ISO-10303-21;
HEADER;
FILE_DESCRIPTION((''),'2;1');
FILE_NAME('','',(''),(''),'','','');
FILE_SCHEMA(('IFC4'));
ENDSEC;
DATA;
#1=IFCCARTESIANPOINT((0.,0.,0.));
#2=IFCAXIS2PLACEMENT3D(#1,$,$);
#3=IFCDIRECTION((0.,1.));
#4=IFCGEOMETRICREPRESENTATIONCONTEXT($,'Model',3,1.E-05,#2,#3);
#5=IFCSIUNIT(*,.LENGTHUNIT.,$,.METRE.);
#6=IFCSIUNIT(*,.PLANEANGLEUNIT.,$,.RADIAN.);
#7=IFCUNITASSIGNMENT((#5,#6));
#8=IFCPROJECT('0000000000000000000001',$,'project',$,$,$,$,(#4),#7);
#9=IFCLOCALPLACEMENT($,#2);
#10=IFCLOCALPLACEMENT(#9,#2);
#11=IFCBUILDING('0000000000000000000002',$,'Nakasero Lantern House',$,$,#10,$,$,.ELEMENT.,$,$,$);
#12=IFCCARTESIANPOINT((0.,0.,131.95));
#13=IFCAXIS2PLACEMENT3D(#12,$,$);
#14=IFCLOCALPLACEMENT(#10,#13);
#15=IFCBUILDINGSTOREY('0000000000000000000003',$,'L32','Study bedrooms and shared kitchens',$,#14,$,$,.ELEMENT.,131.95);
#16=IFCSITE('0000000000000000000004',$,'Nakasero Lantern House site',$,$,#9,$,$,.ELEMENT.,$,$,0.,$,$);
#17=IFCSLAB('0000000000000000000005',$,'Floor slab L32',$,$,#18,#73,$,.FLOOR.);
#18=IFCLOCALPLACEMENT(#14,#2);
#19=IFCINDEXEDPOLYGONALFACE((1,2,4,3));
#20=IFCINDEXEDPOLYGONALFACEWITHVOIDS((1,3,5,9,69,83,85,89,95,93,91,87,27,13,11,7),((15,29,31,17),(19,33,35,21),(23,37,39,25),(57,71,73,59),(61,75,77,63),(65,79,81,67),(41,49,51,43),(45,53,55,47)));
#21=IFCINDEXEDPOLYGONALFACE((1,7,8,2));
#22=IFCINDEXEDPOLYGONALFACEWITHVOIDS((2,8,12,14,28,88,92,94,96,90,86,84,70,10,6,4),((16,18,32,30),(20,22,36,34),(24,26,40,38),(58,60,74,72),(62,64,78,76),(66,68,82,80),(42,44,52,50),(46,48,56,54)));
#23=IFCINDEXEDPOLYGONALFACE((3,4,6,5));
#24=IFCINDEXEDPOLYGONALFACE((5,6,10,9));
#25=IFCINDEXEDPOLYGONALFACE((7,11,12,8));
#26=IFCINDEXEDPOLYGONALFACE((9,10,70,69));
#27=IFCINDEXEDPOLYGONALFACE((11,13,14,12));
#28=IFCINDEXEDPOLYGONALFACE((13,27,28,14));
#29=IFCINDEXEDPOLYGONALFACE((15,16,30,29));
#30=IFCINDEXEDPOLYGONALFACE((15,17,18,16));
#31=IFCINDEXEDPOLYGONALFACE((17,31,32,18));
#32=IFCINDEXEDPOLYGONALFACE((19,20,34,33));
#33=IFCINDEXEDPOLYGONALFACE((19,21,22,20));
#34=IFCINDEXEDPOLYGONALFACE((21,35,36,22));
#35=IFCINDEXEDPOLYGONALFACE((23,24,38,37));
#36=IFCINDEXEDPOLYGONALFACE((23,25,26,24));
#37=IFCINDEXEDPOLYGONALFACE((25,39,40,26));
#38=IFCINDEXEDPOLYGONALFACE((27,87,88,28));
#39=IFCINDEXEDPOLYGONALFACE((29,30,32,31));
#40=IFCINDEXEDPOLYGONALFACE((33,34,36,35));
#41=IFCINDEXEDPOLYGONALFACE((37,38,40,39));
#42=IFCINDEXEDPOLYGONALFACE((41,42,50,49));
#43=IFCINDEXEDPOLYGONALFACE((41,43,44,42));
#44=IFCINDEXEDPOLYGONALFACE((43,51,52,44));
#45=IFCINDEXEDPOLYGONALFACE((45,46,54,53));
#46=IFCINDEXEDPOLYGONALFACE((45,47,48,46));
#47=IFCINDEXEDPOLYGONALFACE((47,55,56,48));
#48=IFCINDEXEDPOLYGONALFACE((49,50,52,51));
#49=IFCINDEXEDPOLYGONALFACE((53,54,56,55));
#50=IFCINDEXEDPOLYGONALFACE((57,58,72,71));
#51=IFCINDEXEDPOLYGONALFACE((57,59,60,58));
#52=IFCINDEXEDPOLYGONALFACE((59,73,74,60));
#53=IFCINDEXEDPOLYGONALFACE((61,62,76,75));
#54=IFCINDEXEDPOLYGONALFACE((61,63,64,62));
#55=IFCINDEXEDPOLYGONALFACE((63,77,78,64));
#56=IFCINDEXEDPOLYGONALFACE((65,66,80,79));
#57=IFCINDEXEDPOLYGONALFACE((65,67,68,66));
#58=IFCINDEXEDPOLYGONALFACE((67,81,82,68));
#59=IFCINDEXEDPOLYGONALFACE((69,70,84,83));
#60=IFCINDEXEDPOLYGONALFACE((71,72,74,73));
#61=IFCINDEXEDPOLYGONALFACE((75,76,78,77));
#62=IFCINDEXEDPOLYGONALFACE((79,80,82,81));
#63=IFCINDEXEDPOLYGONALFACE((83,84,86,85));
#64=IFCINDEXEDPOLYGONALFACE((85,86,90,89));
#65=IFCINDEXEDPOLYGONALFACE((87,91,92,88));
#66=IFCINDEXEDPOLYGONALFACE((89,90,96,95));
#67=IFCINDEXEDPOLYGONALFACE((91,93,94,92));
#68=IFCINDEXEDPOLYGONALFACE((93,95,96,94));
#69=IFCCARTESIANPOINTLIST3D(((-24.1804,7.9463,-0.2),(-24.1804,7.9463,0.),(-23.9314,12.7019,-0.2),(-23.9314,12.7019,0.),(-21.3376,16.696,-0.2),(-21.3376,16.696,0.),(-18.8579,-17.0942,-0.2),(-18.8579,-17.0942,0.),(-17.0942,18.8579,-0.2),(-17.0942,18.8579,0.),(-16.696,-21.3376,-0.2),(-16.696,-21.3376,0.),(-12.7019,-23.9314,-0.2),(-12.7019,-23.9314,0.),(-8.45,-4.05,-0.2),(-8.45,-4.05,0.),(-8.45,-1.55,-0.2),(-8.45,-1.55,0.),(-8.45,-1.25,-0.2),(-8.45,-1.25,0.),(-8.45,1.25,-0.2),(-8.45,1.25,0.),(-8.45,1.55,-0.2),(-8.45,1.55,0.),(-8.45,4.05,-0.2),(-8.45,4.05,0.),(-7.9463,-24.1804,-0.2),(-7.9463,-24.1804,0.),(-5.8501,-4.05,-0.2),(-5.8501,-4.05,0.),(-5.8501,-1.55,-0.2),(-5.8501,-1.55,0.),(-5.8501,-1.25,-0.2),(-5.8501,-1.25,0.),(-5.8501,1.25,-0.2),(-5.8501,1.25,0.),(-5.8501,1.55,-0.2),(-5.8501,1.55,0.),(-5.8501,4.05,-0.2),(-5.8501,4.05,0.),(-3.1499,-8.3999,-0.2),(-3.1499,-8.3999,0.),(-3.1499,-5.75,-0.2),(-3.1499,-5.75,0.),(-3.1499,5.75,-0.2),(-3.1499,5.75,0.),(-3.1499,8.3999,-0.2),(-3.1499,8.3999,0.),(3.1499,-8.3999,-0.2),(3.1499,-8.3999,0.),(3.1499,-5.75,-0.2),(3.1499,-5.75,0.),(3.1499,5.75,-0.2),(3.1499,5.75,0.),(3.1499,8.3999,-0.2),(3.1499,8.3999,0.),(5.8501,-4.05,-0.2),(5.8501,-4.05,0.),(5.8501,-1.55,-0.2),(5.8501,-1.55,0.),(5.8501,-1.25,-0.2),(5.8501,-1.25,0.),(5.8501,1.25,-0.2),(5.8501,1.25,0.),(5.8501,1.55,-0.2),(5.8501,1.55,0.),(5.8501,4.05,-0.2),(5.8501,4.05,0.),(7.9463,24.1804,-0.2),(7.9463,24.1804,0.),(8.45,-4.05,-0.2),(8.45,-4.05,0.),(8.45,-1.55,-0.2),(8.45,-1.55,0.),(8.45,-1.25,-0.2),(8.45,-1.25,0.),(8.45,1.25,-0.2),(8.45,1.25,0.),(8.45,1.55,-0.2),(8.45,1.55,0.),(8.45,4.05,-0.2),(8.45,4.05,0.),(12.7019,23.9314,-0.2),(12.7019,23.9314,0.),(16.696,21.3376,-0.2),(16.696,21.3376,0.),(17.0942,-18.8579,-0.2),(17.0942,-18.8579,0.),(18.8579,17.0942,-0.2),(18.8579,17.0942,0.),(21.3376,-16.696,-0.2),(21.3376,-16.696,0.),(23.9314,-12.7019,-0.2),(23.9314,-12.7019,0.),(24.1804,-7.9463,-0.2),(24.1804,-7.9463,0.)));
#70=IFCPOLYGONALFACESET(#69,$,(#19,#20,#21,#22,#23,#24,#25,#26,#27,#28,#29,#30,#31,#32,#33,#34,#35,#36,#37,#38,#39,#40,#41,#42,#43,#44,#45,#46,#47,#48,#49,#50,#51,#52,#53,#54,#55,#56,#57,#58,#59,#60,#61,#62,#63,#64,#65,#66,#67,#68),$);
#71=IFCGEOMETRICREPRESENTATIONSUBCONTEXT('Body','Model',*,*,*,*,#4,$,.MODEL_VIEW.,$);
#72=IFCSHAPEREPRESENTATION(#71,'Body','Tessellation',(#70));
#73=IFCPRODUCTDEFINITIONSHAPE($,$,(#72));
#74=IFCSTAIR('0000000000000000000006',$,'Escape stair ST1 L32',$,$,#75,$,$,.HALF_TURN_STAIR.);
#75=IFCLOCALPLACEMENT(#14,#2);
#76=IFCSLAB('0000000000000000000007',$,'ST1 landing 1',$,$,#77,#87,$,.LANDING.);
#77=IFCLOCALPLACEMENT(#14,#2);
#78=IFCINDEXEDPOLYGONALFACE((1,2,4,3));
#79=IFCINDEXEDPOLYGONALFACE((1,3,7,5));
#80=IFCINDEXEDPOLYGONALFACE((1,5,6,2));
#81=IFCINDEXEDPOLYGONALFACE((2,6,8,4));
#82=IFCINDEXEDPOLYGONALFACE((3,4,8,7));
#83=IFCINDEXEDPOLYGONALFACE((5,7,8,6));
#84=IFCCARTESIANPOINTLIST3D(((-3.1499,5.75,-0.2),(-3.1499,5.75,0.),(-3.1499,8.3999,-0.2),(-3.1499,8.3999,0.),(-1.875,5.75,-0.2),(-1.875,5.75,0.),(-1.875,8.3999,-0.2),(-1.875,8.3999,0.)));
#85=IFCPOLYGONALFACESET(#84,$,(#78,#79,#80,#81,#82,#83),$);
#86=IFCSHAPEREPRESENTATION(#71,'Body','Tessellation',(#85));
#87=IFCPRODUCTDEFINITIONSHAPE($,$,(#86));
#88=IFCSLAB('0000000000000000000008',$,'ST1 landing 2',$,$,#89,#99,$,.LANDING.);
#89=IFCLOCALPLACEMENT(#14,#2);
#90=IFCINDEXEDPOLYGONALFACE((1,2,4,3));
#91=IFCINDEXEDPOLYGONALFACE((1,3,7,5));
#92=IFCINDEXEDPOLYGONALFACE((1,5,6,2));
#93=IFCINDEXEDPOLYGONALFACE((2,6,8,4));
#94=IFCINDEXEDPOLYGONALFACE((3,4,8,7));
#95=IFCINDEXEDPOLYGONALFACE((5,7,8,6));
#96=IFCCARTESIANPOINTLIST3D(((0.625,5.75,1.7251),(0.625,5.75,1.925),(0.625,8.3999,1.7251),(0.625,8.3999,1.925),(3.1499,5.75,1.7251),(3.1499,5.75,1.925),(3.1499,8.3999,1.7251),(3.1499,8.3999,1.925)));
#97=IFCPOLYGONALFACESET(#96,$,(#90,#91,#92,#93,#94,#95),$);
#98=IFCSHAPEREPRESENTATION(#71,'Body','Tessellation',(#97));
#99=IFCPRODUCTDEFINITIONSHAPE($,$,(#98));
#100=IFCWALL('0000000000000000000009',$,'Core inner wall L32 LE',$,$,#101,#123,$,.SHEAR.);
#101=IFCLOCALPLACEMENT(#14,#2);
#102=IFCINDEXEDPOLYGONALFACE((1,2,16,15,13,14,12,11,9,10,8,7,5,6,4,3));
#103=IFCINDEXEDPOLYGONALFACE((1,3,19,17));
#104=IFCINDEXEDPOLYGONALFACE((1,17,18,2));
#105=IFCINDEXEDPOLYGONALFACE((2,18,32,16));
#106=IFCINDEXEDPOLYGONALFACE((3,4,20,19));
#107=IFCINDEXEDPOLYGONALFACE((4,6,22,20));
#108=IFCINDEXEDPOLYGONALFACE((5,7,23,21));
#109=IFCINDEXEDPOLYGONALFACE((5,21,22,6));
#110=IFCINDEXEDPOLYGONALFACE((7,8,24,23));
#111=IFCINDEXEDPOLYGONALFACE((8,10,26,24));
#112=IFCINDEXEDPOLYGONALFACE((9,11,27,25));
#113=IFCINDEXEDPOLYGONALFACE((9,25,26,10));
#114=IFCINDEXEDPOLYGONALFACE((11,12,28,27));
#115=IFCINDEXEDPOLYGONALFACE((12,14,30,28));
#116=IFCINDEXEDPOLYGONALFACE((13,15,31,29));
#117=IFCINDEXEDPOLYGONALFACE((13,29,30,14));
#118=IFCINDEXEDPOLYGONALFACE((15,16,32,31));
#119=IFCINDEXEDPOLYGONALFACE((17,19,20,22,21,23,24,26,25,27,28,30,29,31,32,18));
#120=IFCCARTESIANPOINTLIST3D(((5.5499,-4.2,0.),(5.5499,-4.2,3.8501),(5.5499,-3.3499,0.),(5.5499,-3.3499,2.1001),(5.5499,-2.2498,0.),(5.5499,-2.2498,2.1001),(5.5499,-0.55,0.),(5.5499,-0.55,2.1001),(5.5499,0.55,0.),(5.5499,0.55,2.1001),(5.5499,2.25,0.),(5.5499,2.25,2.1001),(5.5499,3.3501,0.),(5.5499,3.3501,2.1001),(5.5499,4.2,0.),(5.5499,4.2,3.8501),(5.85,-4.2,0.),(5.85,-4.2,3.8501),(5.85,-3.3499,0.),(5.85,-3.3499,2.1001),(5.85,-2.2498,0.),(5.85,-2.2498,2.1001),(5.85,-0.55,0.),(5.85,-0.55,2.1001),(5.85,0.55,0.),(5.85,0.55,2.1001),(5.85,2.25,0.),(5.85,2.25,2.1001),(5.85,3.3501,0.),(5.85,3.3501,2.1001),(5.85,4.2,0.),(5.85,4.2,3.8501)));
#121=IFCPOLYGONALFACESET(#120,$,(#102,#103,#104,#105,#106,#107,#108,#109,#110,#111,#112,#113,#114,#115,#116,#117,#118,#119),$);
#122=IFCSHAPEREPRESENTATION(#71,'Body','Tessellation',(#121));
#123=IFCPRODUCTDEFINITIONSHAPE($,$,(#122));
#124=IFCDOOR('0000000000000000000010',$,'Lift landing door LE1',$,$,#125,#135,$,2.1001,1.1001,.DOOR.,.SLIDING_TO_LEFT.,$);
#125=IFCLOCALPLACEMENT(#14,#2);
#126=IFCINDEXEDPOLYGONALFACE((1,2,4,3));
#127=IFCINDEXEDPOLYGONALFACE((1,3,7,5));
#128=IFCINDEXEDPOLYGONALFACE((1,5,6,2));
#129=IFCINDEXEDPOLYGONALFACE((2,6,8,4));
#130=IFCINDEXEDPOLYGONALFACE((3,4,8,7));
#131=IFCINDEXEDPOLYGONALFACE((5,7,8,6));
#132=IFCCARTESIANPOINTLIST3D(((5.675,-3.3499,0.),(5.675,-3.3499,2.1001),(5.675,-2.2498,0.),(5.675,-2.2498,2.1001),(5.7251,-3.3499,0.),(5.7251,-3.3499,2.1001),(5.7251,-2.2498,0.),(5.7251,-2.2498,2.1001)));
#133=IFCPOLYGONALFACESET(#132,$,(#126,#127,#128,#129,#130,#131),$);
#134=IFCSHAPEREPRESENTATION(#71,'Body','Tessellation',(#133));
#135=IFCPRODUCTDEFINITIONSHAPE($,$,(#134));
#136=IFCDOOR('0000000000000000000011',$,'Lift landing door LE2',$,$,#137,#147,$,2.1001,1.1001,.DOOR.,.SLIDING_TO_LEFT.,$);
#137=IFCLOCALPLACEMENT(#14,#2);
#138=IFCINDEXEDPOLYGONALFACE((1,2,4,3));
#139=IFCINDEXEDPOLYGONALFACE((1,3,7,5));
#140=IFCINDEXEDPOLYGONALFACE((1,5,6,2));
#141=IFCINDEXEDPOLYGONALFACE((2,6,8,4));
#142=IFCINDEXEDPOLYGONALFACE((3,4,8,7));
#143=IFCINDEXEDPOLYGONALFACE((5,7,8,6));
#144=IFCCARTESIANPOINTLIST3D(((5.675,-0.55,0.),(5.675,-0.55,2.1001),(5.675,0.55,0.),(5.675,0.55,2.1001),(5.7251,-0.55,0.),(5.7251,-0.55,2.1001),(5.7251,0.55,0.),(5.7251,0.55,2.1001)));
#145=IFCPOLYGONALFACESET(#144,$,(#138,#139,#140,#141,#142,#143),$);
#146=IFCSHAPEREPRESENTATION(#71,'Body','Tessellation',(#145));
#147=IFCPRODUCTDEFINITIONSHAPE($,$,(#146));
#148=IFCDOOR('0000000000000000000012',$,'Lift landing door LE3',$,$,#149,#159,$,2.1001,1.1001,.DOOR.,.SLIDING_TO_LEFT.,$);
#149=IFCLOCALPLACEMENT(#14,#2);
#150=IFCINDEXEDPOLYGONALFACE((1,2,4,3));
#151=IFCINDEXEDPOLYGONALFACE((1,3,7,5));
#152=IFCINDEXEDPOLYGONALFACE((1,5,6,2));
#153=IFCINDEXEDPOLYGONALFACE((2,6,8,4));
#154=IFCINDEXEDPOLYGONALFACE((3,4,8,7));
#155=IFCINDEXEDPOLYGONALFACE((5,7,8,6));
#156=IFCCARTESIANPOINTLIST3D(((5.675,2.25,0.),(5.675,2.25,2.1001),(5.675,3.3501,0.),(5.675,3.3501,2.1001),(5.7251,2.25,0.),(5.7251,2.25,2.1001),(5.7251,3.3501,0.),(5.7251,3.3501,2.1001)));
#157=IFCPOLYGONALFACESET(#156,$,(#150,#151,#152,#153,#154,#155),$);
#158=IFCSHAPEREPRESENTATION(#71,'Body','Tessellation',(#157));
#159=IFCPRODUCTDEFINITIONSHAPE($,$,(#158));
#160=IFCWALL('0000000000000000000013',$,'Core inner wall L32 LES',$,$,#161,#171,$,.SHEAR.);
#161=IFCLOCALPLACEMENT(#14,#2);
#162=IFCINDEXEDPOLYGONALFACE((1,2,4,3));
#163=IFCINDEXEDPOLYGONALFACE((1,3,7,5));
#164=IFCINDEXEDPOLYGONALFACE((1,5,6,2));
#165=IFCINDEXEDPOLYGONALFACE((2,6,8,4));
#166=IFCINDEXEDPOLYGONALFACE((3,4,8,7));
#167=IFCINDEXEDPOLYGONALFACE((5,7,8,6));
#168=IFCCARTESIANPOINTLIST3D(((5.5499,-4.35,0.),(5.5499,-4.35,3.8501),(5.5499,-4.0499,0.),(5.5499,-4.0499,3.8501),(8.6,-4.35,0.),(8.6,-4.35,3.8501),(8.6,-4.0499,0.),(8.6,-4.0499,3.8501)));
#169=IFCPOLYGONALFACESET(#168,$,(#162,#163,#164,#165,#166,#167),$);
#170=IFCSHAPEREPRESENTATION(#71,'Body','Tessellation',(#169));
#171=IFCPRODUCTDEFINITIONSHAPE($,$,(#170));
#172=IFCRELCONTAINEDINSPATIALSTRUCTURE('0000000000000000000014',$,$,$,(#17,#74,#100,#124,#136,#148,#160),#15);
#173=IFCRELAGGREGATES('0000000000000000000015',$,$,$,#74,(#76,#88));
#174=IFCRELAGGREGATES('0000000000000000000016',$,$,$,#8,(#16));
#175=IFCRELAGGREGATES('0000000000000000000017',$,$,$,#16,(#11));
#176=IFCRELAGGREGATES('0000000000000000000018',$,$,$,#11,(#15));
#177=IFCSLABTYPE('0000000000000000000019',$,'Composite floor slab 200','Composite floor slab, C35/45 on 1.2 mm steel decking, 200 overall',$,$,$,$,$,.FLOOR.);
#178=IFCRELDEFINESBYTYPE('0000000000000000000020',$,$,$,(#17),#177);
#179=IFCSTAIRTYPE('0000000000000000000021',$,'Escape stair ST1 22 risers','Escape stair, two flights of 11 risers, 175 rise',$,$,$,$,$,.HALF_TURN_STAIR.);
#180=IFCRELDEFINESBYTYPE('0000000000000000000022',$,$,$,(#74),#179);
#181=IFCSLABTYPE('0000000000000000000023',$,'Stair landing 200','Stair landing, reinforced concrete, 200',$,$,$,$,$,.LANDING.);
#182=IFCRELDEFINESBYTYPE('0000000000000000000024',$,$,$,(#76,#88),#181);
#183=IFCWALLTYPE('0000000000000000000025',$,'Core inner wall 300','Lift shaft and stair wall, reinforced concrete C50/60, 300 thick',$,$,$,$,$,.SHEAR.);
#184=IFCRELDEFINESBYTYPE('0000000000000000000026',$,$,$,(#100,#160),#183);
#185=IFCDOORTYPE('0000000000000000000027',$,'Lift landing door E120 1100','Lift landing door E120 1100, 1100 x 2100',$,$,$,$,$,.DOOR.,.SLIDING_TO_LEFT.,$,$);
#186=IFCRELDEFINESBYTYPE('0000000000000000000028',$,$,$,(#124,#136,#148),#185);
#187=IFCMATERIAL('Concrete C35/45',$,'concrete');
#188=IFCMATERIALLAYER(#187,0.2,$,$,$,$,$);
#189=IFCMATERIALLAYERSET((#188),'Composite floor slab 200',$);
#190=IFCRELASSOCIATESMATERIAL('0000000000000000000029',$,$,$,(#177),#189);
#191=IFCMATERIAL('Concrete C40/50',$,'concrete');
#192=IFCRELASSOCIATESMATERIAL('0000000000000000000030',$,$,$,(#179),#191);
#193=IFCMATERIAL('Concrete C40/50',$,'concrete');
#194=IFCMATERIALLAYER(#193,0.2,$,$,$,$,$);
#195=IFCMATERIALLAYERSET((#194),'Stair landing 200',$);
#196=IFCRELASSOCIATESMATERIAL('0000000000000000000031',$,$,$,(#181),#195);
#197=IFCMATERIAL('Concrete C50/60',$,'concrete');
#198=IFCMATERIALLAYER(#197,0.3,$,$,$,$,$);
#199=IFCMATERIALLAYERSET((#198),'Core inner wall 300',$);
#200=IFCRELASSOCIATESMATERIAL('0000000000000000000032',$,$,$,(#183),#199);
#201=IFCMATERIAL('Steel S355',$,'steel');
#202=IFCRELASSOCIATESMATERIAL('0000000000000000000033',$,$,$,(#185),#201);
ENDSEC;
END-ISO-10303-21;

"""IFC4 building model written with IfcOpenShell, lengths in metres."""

from ifc_helpers import new_model, si_unit, direction, frame, frame_2d, origin, place, context, subcontext, project, spatial, polyline, rectangle, outline, extrude, material, layer, layer_set, type_object, element, fill, aggregate, save


model = new_model("IFC4")

# Units and contexts
model_context = context("Model", 3, precision=1e-05, world=origin(), true_north=direction((0.0, 1.0)))
body_context = subcontext(model_context, "Body", "Model", "MODEL_VIEW")
ifc_project = project(units=[si_unit("LENGTHUNIT", "METRE"), si_unit("PLANEANGLEUNIT", "RADIAN")], contexts=[model_context])

# Site, building, storey
site_placement = place(None, origin())
site = spatial("IfcSite", under=ifc_project, at=site_placement, Name="Nakasero Lantern House site", CompositionType="ELEMENT", RefElevation=0.0)
building_placement = place(site_placement, origin())
building = spatial("IfcBuilding", under=site, at=building_placement, Name="Nakasero Lantern House", CompositionType="ELEMENT")
storey_placement = place(building_placement, frame((0.0, 0.0, 131.95)))
storey = spatial("IfcBuildingStorey", under=building, at=storey_placement, Name="L32", Description="Study bedrooms and shared kitchens", CompositionType="ELEMENT", Elevation=131.95)

# Slab
ifc_material_1 = material(Name="Concrete C35/45", Category="concrete")
ifc_layer_1 = layer(ifc_material_1, 0.2)
ifc_layer_set_1 = layer_set([ifc_layer_1], Name="Composite floor slab 200")
slab_type_1 = type_object("IfcSlabType", Name="Composite floor slab 200", Description="Composite floor slab, C35/45 on 1.2 mm steel decking, 200 overall", PredefinedType="FLOOR", material=ifc_layer_set_1)
slab_1_placement = place(storey_placement, frame((0.0, 0.0, -0.2)))
element("IfcSlab", 1, at=slab_1_placement, inside=storey, type_object=slab_type_1, Name="Floor slab L32", PredefinedType="FLOOR", context=body_context, shape_type="SweptSolid", body=[
    extrude(outline(polyline([(18.8579, 17.0942), (16.696, 21.3376), (12.7019, 23.9314), (7.9463, 24.1804), (-17.0942, 18.8579), (-21.3376, 16.696), (-23.9314, 12.7019), (-24.1804, 7.9463), (-18.8579, -17.0942), (-16.696, -21.3376), (-12.7019, -23.9314), (-7.9463, -24.1804), (17.0942, -18.8579), (21.3376, -16.696), (23.9314, -12.7019), (24.1804, -7.9463), (18.8579, 17.0942)]), holes=[polyline([(-8.45, -4.05), (-5.8501, -4.05), (-5.8501, -1.55), (-8.45, -1.55), (-8.45, -4.05)]), polyline([(-8.45, -1.25), (-5.8501, -1.25), (-5.8501, 1.25), (-8.45, 1.25), (-8.45, -1.25)]), polyline([(-8.45, 1.55), (-5.8501, 1.55), (-5.8501, 4.05), (-8.45, 4.05), (-8.45, 1.55)]), polyline([(5.8501, -4.05), (8.45, -4.05), (8.45, -1.55), (5.8501, -1.55), (5.8501, -4.05)]), polyline([(5.8501, -1.25), (8.45, -1.25), (8.45, 1.25), (5.8501, 1.25), (5.8501, -1.25)]), polyline([(5.8501, 1.55), (8.45, 1.55), (8.45, 4.05), (5.8501, 4.05), (5.8501, 1.55)]), polyline([(-3.1499, 5.75), (3.1499, 5.75), (3.1499, 8.3999), (-3.1499, 8.3999), (-3.1499, 5.75)]), polyline([(-3.1499, -8.3999), (3.1499, -8.3999), (3.1499, -5.75), (-3.1499, -5.75), (-3.1499, -8.3999)])]), origin(), (0.0, 0.0, 1.0), 0.2),
])

# Stair, slabs
ifc_material_2 = material(Name="Concrete C40/50", Category="concrete")
stair_type_1 = type_object("IfcStairType", Name="Escape stair ST1 22 risers", Description="Escape stair, two flights of 11 risers, 175 rise", PredefinedType="HALF_TURN_STAIR", material=ifc_material_2)
stair_1_placement = place(storey_placement, origin())
stair_1 = element("IfcStair", 2, at=stair_1_placement, inside=storey, type_object=stair_type_1, Name="Escape stair ST1 L32", PredefinedType="HALF_TURN_STAIR")
ifc_material_3 = material(Name="Concrete C40/50", Category="concrete")
ifc_layer_2 = layer(ifc_material_3, 0.2)
ifc_layer_set_2 = layer_set([ifc_layer_2], Name="Stair landing 200")
slab_type_2 = type_object("IfcSlabType", Name="Stair landing 200", Description="Stair landing, reinforced concrete, 200", PredefinedType="LANDING", material=ifc_layer_set_2)
slab_2_placement = place(storey_placement, frame((0.0, 0.0, -0.2)))
slab_2 = element("IfcSlab", 3, at=slab_2_placement, type_object=slab_type_2, Name="ST1 landing 1", PredefinedType="LANDING", context=body_context, shape_type="SweptSolid", body=[
    extrude(outline(polyline([(-3.1499, 5.75), (-1.875, 5.75), (-1.875, 8.3999), (-3.1499, 8.3999), (-3.1499, 5.75)])), origin(), (0.0, 0.0, 1.0), 0.2),
])
slab_3_placement = place(storey_placement, frame((0.0, 0.0, 1.7251)))
slab_3 = element("IfcSlab", 4, at=slab_3_placement, type_object=slab_type_2, Name="ST1 landing 2", PredefinedType="LANDING", context=body_context, shape_type="SweptSolid", body=[
    extrude(outline(polyline([(0.625, 5.75), (3.1499, 5.75), (3.1499, 8.3999), (0.625, 8.3999), (0.625, 5.75)])), origin(), (0.0, 0.0, 1.0), 0.2),
])
aggregate(stair_1, [slab_2, slab_3])

# Wall, openings, doors
ifc_material_4 = material(Name="Concrete C50/60", Category="concrete")
ifc_layer_3 = layer(ifc_material_4, 0.3)
ifc_layer_set_3 = layer_set([ifc_layer_3], Name="Core inner wall 300")
wall_type_1 = type_object("IfcWallType", Name="Core inner wall 300", Description="Lift shaft and stair wall, reinforced concrete C50/60, 300 thick", PredefinedType="SHEAR", material=ifc_layer_set_3)
wall_1_placement = place(storey_placement, frame((5.7, -4.2, 0.0), z_axis=(0.0, 0.0, 1.0), x_axis=(0.0, 1.0, 0.0)))
wall_1 = element("IfcWall", 5, at=wall_1_placement, inside=storey, type_object=wall_type_1, Name="Core inner wall L32 LE", PredefinedType="SHEAR", context=body_context, shape_type="SweptSolid", body=[
    extrude(rectangle(XDim=8.3999, YDim=0.3, at=frame_2d((4.2, 0.0))), origin(), (0.0, 0.0, 1.0), 3.8501),
])
opening_1_placement = place(wall_1_placement, frame((0.8501, 0.0, 0.0)))
opening_1 = element("IfcOpeningElement", 6, at=opening_1_placement, cuts=wall_1, PredefinedType="OPENING", context=body_context, shape_type="SweptSolid", body=[
    extrude(rectangle(XDim=1.1001, YDim=2.1001, at=frame_2d((0.55, 1.05))), frame((0.0, 0.1699, 0.0), z_axis=(0.0, -1.0, 0.0), x_axis=(1.0, 0.0, 0.0)), (0.0, 0.0, 1.0), 0.3401),
])
opening_2_placement = place(wall_1_placement, frame((3.6499, 0.0, 0.0)))
opening_2 = element("IfcOpeningElement", 7, at=opening_2_placement, cuts=wall_1, PredefinedType="OPENING", context=body_context, shape_type="SweptSolid", body=[
    extrude(rectangle(XDim=1.1001, YDim=2.1001, at=frame_2d((0.55, 1.05))), frame((0.0, 0.1699, 0.0), z_axis=(0.0, -1.0, 0.0), x_axis=(1.0, 0.0, 0.0)), (0.0, 0.0, 1.0), 0.3401),
])
opening_3_placement = place(wall_1_placement, frame((6.45, 0.0, 0.0)))
opening_3 = element("IfcOpeningElement", 8, at=opening_3_placement, cuts=wall_1, PredefinedType="OPENING", context=body_context, shape_type="SweptSolid", body=[
    extrude(rectangle(XDim=1.1001, YDim=2.1001, at=frame_2d((0.55, 1.05))), frame((0.0, 0.1699, 0.0), z_axis=(0.0, -1.0, 0.0), x_axis=(1.0, 0.0, 0.0)), (0.0, 0.0, 1.0), 0.3401),
])
ifc_material_5 = material(Name="Steel S355", Category="steel")
door_type_1 = type_object("IfcDoorType", Name="Lift landing door E120 1100", Description="Lift landing door E120 1100, 1100 x 2100", OperationType="SLIDING_TO_LEFT", PredefinedType="DOOR", material=ifc_material_5)
door_1_placement = place(opening_1_placement, origin())
door_1 = element("IfcDoor", 9, at=door_1_placement, inside=storey, type_object=door_type_1, Name="Lift landing door LE1", OperationType="SLIDING_TO_LEFT", OverallHeight=2.1001, OverallWidth=1.1001, PredefinedType="DOOR", context=body_context, shape_type="SweptSolid", body=[
    extrude(rectangle(XDim=1.1001, YDim=2.1001, at=frame_2d((0.55, 1.05))), frame((0.0, 0.0249, 0.0), z_axis=(0.0, -1.0, 0.0), x_axis=(1.0, 0.0, 0.0)), (0.0, 0.0, 1.0), 0.05),
])
fill(opening_1, door_1)
door_2_placement = place(opening_2_placement, origin())
door_2 = element("IfcDoor", 10, at=door_2_placement, inside=storey, type_object=door_type_1, Name="Lift landing door LE2", OperationType="SLIDING_TO_LEFT", OverallHeight=2.1001, OverallWidth=1.1001, PredefinedType="DOOR", context=body_context, shape_type="SweptSolid", body=[
    extrude(rectangle(XDim=1.1001, YDim=2.1001, at=frame_2d((0.55, 1.05))), frame((0.0, 0.0249, 0.0), z_axis=(0.0, -1.0, 0.0), x_axis=(1.0, 0.0, 0.0)), (0.0, 0.0, 1.0), 0.05),
])
fill(opening_2, door_2)
door_3_placement = place(opening_3_placement, origin())
door_3 = element("IfcDoor", 11, at=door_3_placement, inside=storey, type_object=door_type_1, Name="Lift landing door LE3", OperationType="SLIDING_TO_LEFT", OverallHeight=2.1001, OverallWidth=1.1001, PredefinedType="DOOR", context=body_context, shape_type="SweptSolid", body=[
    extrude(rectangle(XDim=1.1001, YDim=2.1001, at=frame_2d((0.55, 1.05))), frame((0.0, 0.0249, 0.0), z_axis=(0.0, -1.0, 0.0), x_axis=(1.0, 0.0, 0.0)), (0.0, 0.0, 1.0), 0.05),
])
fill(opening_3, door_3)

# Wall
wall_2_placement = place(storey_placement, frame((5.55, -4.2, 0.0), z_axis=(0.0, 0.0, 1.0), x_axis=(1.0, 0.0, 0.0)))
element("IfcWall", 12, at=wall_2_placement, inside=storey, type_object=wall_type_1, Name="Core inner wall L32 LES", PredefinedType="SHEAR", context=body_context, shape_type="SweptSolid", body=[
    extrude(rectangle(XDim=3.05, YDim=0.3, at=frame_2d((1.5249, 0.0))), origin(), (0.0, 0.0, 1.0), 3.8501),
])

save(model, "model.ifc")
